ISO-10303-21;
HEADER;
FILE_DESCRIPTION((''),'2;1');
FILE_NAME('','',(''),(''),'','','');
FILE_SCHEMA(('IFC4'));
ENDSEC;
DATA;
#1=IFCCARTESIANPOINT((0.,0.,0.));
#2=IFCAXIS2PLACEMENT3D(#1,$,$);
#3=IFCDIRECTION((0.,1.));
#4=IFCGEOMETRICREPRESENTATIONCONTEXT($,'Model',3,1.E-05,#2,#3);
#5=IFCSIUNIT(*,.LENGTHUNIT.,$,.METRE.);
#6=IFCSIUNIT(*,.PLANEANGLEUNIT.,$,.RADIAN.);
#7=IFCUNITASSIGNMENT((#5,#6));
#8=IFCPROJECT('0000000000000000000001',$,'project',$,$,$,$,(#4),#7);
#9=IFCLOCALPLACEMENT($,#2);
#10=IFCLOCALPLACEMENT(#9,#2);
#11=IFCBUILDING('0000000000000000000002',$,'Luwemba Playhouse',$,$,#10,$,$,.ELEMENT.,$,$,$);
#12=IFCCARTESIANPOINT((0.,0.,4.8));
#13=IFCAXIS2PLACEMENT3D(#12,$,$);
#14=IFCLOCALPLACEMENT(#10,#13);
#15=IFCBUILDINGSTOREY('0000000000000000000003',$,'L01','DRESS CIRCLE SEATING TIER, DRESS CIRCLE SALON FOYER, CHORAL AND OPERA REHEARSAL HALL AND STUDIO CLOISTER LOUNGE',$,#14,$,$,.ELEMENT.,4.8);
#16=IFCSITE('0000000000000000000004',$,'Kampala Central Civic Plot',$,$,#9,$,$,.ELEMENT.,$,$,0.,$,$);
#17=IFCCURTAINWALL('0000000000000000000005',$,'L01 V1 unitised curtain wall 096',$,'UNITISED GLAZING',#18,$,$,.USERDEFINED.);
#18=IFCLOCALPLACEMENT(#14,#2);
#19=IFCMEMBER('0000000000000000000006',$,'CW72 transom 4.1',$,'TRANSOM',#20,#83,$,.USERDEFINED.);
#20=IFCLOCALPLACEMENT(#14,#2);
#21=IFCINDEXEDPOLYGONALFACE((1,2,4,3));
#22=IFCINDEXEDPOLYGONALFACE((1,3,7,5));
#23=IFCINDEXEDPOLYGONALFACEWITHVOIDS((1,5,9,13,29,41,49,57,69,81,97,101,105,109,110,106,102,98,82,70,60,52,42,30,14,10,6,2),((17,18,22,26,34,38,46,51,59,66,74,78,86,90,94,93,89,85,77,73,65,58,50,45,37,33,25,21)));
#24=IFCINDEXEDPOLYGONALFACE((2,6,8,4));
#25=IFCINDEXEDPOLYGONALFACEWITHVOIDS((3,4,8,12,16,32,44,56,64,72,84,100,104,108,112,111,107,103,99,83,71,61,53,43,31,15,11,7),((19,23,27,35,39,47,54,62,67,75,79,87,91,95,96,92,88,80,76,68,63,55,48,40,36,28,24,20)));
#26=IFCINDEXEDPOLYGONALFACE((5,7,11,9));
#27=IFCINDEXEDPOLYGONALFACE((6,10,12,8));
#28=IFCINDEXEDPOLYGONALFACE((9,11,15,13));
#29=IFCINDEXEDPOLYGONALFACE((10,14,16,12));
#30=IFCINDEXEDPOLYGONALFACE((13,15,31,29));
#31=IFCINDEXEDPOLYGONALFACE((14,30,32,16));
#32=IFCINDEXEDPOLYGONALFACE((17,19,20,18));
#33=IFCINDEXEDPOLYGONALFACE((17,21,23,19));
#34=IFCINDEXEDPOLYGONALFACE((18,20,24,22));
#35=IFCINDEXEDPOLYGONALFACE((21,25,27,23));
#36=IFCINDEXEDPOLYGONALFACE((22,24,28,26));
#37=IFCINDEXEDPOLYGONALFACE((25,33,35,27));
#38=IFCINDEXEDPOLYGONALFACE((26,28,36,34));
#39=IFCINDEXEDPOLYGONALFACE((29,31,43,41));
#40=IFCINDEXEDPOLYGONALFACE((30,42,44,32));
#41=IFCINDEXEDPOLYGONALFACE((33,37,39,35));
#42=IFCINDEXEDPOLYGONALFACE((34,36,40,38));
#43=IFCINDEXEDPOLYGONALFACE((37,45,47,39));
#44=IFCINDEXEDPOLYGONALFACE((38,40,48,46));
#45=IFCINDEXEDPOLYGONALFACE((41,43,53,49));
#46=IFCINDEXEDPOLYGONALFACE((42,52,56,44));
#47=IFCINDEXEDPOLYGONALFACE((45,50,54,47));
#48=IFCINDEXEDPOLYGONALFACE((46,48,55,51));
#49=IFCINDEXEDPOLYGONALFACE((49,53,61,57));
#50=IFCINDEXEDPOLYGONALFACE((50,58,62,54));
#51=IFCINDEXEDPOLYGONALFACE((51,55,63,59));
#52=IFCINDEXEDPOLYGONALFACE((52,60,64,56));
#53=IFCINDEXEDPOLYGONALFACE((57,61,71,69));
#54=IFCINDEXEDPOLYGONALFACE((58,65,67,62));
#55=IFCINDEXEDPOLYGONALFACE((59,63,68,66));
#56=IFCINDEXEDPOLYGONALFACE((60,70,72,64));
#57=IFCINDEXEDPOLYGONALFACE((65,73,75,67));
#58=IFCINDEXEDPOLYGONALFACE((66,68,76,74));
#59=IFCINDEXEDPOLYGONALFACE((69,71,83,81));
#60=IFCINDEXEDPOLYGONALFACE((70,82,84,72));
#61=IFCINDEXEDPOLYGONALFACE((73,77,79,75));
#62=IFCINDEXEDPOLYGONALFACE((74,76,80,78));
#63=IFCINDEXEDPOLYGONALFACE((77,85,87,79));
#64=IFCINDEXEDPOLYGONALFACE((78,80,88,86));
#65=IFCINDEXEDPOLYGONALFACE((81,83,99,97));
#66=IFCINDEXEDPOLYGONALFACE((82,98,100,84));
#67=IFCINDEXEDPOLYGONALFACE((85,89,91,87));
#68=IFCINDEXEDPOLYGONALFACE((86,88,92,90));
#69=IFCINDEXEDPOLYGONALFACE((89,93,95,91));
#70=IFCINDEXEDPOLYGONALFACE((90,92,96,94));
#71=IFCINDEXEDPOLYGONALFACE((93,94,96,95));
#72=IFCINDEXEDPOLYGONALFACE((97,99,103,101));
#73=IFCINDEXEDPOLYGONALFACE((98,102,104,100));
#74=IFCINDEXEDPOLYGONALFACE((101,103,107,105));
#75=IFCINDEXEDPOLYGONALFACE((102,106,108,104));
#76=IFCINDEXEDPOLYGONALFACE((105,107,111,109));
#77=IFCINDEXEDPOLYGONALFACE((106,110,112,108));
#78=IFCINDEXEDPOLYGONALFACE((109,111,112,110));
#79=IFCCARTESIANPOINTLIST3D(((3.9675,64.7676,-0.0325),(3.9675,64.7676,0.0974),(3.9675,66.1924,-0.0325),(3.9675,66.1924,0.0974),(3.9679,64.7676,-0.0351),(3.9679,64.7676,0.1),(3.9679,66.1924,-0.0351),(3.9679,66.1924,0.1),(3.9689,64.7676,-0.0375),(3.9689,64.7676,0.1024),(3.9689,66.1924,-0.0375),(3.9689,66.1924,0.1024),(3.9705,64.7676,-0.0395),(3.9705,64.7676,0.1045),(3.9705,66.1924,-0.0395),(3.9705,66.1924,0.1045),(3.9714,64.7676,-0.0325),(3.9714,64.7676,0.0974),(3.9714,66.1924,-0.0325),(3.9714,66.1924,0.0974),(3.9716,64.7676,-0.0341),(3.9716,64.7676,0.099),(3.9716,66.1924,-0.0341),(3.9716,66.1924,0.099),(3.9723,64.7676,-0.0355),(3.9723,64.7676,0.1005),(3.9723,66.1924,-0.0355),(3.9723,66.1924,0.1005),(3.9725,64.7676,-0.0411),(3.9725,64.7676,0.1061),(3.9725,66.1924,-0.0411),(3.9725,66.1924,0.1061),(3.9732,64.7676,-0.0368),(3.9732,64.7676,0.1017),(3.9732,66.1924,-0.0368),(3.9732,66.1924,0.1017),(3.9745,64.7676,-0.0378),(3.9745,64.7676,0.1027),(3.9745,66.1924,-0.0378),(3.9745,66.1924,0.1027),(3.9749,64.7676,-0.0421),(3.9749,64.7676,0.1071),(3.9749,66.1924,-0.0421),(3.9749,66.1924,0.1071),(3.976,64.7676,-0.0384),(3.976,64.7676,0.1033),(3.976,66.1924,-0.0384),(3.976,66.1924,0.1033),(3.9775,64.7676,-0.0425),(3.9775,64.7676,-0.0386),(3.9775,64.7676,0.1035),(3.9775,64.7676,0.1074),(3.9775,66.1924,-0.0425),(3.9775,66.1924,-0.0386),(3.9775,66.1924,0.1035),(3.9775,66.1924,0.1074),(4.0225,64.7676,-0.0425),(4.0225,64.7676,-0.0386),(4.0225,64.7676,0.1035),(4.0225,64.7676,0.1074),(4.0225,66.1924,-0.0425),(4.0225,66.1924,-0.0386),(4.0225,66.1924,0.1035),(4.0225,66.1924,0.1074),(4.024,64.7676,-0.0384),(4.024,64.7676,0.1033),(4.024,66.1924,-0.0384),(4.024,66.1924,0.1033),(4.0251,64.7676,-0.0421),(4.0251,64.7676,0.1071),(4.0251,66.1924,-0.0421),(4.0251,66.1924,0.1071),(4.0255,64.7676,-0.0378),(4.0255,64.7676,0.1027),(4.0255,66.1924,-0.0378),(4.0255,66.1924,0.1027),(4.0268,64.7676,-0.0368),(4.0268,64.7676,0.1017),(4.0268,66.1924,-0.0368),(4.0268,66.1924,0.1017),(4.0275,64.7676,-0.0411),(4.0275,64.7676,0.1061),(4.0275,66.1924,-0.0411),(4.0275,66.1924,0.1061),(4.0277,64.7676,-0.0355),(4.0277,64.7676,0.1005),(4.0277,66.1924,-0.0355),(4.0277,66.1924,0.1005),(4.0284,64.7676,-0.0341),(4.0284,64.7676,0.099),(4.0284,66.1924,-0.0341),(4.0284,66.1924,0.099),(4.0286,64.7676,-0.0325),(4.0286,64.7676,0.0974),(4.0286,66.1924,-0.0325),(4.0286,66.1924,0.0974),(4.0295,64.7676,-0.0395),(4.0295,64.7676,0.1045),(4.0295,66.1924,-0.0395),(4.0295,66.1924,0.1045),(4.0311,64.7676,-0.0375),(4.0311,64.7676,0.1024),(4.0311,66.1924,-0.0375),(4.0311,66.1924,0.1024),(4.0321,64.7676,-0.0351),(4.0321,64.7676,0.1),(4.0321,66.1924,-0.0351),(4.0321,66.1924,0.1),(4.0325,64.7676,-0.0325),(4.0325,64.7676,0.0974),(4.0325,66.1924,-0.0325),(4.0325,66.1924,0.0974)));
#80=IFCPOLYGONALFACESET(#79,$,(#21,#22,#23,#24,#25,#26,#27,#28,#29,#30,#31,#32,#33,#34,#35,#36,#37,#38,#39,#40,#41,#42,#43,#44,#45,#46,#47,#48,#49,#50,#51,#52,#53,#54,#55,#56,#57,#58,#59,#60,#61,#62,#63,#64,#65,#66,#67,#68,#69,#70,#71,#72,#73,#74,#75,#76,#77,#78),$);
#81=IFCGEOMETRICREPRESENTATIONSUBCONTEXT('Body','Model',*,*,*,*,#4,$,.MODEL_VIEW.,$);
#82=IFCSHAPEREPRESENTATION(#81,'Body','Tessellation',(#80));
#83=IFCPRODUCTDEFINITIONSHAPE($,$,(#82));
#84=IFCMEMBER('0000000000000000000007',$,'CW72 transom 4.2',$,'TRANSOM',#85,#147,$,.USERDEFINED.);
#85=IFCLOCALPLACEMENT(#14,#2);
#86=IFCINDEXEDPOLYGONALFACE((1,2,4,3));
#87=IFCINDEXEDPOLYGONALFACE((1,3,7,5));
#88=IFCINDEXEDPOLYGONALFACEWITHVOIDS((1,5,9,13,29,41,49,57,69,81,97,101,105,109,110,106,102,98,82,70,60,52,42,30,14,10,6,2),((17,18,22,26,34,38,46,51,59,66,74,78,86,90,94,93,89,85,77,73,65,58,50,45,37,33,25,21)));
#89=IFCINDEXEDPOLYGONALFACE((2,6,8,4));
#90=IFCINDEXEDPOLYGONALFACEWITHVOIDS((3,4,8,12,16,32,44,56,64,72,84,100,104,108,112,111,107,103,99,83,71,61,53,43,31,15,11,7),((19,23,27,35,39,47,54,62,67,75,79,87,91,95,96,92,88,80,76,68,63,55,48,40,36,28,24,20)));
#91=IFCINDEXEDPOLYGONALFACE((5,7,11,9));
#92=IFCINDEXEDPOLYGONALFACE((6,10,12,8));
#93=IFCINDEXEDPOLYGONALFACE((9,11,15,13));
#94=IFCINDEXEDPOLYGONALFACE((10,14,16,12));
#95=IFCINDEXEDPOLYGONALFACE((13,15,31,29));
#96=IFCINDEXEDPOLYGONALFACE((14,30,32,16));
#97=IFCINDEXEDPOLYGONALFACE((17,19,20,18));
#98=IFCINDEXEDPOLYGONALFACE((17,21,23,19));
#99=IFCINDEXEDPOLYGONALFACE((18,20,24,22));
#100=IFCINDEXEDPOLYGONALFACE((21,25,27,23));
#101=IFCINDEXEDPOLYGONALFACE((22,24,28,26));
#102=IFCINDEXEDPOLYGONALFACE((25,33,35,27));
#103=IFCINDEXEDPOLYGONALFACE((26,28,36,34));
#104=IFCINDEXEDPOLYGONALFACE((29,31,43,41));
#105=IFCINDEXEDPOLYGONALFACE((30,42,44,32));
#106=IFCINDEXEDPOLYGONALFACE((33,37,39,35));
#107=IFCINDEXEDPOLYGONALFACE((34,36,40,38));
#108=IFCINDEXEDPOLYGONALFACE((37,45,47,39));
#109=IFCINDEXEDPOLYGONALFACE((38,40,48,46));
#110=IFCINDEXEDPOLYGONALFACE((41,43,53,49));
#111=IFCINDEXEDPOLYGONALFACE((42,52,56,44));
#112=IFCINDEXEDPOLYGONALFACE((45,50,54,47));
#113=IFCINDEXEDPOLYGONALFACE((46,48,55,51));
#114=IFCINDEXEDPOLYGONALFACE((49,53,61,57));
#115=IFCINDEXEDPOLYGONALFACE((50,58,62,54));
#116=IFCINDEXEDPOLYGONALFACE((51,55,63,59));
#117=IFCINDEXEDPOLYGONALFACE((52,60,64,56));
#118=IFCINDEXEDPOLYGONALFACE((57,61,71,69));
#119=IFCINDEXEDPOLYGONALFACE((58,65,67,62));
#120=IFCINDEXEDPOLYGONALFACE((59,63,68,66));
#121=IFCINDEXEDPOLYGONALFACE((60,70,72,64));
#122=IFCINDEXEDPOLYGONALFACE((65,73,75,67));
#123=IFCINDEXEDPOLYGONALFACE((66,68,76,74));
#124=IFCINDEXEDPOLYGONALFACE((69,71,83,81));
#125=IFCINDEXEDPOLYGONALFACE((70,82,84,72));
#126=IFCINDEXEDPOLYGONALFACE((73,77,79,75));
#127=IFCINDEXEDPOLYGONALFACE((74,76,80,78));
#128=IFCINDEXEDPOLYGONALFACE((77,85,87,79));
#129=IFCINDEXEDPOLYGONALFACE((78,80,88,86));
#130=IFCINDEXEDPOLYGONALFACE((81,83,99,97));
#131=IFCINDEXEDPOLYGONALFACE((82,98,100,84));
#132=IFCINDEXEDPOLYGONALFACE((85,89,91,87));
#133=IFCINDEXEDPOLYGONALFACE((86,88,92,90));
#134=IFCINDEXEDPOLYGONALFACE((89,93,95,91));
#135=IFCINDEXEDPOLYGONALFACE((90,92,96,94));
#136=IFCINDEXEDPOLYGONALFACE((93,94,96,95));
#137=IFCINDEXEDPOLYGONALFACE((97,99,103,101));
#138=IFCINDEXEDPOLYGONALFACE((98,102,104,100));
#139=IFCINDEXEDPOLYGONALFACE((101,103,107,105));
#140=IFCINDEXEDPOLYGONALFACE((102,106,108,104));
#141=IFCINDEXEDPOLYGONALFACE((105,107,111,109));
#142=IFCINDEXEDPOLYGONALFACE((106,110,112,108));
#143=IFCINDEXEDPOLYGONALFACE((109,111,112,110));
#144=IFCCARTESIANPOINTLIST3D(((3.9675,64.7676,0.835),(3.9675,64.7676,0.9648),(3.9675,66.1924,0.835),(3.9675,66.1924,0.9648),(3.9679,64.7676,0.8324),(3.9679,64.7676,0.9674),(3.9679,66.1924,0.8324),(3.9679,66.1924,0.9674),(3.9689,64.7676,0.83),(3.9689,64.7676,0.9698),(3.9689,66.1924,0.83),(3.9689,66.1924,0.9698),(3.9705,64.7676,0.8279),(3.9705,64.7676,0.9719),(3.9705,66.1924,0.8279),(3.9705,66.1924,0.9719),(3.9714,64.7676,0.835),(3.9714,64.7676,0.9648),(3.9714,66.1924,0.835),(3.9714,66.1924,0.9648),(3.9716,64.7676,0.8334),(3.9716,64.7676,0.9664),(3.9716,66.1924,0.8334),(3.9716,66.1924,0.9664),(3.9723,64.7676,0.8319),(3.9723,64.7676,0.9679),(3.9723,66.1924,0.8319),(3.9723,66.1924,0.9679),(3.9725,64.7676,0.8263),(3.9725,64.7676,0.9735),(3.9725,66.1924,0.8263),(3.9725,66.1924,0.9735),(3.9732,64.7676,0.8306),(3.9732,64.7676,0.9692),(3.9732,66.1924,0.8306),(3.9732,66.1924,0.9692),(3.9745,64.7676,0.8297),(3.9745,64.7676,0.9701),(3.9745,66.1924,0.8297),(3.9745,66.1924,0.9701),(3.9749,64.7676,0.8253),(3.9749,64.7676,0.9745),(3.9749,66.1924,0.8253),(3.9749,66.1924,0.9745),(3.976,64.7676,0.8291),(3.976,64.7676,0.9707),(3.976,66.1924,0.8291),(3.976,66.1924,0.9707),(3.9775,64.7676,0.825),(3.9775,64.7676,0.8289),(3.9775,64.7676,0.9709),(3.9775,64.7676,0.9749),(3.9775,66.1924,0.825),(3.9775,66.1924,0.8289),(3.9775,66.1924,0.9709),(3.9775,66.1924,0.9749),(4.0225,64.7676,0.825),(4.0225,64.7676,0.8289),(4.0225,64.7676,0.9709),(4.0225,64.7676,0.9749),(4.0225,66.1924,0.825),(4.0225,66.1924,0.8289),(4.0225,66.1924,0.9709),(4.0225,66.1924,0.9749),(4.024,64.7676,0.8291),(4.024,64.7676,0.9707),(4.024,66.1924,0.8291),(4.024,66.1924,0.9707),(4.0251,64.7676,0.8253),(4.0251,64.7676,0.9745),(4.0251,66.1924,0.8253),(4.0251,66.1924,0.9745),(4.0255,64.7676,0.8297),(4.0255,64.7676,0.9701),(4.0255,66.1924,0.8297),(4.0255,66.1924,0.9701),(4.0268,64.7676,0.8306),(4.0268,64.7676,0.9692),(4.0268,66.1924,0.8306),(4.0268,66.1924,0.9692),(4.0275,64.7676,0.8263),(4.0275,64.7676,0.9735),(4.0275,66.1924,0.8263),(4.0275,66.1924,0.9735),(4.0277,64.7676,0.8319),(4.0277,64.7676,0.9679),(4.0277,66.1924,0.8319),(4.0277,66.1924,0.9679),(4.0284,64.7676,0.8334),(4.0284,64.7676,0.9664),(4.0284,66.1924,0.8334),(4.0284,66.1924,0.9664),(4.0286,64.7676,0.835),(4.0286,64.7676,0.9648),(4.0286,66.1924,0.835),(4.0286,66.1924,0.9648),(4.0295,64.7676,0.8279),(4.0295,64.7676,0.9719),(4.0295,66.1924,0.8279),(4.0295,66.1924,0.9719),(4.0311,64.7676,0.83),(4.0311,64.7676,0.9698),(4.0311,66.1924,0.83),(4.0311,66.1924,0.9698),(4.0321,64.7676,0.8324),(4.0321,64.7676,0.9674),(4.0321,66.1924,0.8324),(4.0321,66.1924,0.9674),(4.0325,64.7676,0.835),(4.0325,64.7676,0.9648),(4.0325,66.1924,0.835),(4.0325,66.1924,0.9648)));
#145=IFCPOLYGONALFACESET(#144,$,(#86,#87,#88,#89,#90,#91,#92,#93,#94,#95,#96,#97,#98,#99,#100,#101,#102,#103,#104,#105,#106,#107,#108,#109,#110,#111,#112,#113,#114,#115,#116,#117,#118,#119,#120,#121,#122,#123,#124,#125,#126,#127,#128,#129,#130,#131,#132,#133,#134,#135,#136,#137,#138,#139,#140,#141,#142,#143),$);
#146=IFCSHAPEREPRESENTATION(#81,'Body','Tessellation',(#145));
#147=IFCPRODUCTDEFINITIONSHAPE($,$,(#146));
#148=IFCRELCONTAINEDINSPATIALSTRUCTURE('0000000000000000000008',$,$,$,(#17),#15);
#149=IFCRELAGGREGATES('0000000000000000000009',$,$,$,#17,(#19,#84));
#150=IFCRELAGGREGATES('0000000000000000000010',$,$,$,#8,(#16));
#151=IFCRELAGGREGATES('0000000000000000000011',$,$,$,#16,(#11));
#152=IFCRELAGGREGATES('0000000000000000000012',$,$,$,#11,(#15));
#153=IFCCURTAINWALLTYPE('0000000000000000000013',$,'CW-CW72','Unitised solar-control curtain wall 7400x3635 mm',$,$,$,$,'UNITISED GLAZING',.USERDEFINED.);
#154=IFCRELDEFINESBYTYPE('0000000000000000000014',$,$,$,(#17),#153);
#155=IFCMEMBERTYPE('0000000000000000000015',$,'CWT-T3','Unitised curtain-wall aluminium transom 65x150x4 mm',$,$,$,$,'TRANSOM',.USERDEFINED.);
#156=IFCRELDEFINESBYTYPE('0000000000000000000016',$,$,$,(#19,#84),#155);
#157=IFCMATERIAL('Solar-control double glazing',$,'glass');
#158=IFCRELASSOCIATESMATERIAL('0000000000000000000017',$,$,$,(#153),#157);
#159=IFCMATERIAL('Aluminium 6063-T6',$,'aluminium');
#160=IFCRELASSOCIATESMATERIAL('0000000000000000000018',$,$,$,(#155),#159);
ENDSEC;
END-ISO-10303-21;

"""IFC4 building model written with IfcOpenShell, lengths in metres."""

from ifc_helpers import new_model, si_unit, direction, frame, origin, origin_2d, place, context, subcontext, project, spatial, hollow_rectangle, extrude, material, material_profile, profile_set, type_object, element, aggregate, save


model = new_model("IFC4")

# Units and contexts
model_context = context("Model", 3, precision=1e-05, world=origin(), true_north=direction((0.0, 1.0)))
body_context = subcontext(model_context, "Body", "Model", "MODEL_VIEW")
ifc_project = project(units=[si_unit("LENGTHUNIT", "METRE"), si_unit("PLANEANGLEUNIT", "RADIAN")], contexts=[model_context])

# Site, building, storey
site_placement = place(None, origin())
site = spatial("IfcSite", under=ifc_project, at=site_placement, Name="Kampala Central Civic Plot", CompositionType="ELEMENT", RefElevation=0.0)
building_placement = place(site_placement, origin())
building = spatial("IfcBuilding", under=site, at=building_placement, Name="Luwemba Playhouse", CompositionType="ELEMENT")
storey_placement = place(building_placement, frame((0.0, 0.0, 4.8)))
storey = spatial("IfcBuildingStorey", under=building, at=storey_placement, Name="L01", Description="DRESS CIRCLE SEATING TIER, DRESS CIRCLE SALON FOYER, CHORAL AND OPERA REHEARSAL HALL AND STUDIO CLOISTER LOUNGE", CompositionType="ELEMENT", Elevation=4.8)

# Curtain wall, members
ifc_material_1 = material(Name="Solar-control double glazing", Category="glass")
curtain_wall_type = type_object("IfcCurtainWallType", Name="CW-CW72", Description="Unitised solar-control curtain wall 7400x3635 mm", ElementType="UNITISED GLAZING", PredefinedType="USERDEFINED", material=ifc_material_1)
curtain_wall_placement = place(storey_placement, origin())
curtain_wall = element("IfcCurtainWall", 1, at=curtain_wall_placement, inside=storey, type_object=curtain_wall_type, Name="L01 V1 unitised curtain wall 096", ObjectType="UNITISED GLAZING", PredefinedType="USERDEFINED")
ifc_material_2 = material(Name="Aluminium 6063-T6", Category="aluminium")
ifc_material_profile_1 = material_profile(ifc_material_2, hollow_rectangle(XDim=0.0649, YDim=0.1499, WallThickness=0.0039, InnerFilletRadius=0.0061, OuterFilletRadius=0.01, at=origin_2d()))
ifc_profile_set_1 = profile_set([ifc_material_profile_1], Name="Aluminium 6063-T6")
member_type_1 = type_object("IfcMemberType", Name="CWT-T3", Description="Unitised curtain-wall aluminium transom 65x150x4 mm", ElementType="TRANSOM", PredefinedType="USERDEFINED", material=ifc_profile_set_1)
member_1_placement = place(storey_placement, frame((4.0, 64.7676, 0.0325), z_axis=(0.0, 1.0, 0.0), x_axis=(-1.0, 0.0, 0.0)))
member_1 = element("IfcMember", 2, at=member_1_placement, type_object=member_type_1, Name="CW72 transom 4.1", ObjectType="TRANSOM", PredefinedType="USERDEFINED", context=body_context, shape_type="SweptSolid", body=[
    extrude(hollow_rectangle(XDim=0.0649, YDim=0.1499, WallThickness=0.0039, InnerFilletRadius=0.0061, OuterFilletRadius=0.01, at=origin_2d()), origin(), (0.0, 0.0, 1.0), 1.4248),
])
member_2_placement = place(storey_placement, frame((4.0, 64.7676, 0.8999), z_axis=(0.0, 1.0, 0.0), x_axis=(-1.0, 0.0, 0.0)))
member_2 = element("IfcMember", 3, at=member_2_placement, type_object=member_type_1, Name="CW72 transom 4.2", ObjectType="TRANSOM", PredefinedType="USERDEFINED", context=body_context, shape_type="SweptSolid", body=[
    extrude(hollow_rectangle(XDim=0.0649, YDim=0.1499, WallThickness=0.0039, InnerFilletRadius=0.0061, OuterFilletRadius=0.01, at=origin_2d()), origin(), (0.0, 0.0, 1.0), 1.4248),
])
aggregate(curtain_wall, [member_1, member_2])

save(model, "model.ifc")
